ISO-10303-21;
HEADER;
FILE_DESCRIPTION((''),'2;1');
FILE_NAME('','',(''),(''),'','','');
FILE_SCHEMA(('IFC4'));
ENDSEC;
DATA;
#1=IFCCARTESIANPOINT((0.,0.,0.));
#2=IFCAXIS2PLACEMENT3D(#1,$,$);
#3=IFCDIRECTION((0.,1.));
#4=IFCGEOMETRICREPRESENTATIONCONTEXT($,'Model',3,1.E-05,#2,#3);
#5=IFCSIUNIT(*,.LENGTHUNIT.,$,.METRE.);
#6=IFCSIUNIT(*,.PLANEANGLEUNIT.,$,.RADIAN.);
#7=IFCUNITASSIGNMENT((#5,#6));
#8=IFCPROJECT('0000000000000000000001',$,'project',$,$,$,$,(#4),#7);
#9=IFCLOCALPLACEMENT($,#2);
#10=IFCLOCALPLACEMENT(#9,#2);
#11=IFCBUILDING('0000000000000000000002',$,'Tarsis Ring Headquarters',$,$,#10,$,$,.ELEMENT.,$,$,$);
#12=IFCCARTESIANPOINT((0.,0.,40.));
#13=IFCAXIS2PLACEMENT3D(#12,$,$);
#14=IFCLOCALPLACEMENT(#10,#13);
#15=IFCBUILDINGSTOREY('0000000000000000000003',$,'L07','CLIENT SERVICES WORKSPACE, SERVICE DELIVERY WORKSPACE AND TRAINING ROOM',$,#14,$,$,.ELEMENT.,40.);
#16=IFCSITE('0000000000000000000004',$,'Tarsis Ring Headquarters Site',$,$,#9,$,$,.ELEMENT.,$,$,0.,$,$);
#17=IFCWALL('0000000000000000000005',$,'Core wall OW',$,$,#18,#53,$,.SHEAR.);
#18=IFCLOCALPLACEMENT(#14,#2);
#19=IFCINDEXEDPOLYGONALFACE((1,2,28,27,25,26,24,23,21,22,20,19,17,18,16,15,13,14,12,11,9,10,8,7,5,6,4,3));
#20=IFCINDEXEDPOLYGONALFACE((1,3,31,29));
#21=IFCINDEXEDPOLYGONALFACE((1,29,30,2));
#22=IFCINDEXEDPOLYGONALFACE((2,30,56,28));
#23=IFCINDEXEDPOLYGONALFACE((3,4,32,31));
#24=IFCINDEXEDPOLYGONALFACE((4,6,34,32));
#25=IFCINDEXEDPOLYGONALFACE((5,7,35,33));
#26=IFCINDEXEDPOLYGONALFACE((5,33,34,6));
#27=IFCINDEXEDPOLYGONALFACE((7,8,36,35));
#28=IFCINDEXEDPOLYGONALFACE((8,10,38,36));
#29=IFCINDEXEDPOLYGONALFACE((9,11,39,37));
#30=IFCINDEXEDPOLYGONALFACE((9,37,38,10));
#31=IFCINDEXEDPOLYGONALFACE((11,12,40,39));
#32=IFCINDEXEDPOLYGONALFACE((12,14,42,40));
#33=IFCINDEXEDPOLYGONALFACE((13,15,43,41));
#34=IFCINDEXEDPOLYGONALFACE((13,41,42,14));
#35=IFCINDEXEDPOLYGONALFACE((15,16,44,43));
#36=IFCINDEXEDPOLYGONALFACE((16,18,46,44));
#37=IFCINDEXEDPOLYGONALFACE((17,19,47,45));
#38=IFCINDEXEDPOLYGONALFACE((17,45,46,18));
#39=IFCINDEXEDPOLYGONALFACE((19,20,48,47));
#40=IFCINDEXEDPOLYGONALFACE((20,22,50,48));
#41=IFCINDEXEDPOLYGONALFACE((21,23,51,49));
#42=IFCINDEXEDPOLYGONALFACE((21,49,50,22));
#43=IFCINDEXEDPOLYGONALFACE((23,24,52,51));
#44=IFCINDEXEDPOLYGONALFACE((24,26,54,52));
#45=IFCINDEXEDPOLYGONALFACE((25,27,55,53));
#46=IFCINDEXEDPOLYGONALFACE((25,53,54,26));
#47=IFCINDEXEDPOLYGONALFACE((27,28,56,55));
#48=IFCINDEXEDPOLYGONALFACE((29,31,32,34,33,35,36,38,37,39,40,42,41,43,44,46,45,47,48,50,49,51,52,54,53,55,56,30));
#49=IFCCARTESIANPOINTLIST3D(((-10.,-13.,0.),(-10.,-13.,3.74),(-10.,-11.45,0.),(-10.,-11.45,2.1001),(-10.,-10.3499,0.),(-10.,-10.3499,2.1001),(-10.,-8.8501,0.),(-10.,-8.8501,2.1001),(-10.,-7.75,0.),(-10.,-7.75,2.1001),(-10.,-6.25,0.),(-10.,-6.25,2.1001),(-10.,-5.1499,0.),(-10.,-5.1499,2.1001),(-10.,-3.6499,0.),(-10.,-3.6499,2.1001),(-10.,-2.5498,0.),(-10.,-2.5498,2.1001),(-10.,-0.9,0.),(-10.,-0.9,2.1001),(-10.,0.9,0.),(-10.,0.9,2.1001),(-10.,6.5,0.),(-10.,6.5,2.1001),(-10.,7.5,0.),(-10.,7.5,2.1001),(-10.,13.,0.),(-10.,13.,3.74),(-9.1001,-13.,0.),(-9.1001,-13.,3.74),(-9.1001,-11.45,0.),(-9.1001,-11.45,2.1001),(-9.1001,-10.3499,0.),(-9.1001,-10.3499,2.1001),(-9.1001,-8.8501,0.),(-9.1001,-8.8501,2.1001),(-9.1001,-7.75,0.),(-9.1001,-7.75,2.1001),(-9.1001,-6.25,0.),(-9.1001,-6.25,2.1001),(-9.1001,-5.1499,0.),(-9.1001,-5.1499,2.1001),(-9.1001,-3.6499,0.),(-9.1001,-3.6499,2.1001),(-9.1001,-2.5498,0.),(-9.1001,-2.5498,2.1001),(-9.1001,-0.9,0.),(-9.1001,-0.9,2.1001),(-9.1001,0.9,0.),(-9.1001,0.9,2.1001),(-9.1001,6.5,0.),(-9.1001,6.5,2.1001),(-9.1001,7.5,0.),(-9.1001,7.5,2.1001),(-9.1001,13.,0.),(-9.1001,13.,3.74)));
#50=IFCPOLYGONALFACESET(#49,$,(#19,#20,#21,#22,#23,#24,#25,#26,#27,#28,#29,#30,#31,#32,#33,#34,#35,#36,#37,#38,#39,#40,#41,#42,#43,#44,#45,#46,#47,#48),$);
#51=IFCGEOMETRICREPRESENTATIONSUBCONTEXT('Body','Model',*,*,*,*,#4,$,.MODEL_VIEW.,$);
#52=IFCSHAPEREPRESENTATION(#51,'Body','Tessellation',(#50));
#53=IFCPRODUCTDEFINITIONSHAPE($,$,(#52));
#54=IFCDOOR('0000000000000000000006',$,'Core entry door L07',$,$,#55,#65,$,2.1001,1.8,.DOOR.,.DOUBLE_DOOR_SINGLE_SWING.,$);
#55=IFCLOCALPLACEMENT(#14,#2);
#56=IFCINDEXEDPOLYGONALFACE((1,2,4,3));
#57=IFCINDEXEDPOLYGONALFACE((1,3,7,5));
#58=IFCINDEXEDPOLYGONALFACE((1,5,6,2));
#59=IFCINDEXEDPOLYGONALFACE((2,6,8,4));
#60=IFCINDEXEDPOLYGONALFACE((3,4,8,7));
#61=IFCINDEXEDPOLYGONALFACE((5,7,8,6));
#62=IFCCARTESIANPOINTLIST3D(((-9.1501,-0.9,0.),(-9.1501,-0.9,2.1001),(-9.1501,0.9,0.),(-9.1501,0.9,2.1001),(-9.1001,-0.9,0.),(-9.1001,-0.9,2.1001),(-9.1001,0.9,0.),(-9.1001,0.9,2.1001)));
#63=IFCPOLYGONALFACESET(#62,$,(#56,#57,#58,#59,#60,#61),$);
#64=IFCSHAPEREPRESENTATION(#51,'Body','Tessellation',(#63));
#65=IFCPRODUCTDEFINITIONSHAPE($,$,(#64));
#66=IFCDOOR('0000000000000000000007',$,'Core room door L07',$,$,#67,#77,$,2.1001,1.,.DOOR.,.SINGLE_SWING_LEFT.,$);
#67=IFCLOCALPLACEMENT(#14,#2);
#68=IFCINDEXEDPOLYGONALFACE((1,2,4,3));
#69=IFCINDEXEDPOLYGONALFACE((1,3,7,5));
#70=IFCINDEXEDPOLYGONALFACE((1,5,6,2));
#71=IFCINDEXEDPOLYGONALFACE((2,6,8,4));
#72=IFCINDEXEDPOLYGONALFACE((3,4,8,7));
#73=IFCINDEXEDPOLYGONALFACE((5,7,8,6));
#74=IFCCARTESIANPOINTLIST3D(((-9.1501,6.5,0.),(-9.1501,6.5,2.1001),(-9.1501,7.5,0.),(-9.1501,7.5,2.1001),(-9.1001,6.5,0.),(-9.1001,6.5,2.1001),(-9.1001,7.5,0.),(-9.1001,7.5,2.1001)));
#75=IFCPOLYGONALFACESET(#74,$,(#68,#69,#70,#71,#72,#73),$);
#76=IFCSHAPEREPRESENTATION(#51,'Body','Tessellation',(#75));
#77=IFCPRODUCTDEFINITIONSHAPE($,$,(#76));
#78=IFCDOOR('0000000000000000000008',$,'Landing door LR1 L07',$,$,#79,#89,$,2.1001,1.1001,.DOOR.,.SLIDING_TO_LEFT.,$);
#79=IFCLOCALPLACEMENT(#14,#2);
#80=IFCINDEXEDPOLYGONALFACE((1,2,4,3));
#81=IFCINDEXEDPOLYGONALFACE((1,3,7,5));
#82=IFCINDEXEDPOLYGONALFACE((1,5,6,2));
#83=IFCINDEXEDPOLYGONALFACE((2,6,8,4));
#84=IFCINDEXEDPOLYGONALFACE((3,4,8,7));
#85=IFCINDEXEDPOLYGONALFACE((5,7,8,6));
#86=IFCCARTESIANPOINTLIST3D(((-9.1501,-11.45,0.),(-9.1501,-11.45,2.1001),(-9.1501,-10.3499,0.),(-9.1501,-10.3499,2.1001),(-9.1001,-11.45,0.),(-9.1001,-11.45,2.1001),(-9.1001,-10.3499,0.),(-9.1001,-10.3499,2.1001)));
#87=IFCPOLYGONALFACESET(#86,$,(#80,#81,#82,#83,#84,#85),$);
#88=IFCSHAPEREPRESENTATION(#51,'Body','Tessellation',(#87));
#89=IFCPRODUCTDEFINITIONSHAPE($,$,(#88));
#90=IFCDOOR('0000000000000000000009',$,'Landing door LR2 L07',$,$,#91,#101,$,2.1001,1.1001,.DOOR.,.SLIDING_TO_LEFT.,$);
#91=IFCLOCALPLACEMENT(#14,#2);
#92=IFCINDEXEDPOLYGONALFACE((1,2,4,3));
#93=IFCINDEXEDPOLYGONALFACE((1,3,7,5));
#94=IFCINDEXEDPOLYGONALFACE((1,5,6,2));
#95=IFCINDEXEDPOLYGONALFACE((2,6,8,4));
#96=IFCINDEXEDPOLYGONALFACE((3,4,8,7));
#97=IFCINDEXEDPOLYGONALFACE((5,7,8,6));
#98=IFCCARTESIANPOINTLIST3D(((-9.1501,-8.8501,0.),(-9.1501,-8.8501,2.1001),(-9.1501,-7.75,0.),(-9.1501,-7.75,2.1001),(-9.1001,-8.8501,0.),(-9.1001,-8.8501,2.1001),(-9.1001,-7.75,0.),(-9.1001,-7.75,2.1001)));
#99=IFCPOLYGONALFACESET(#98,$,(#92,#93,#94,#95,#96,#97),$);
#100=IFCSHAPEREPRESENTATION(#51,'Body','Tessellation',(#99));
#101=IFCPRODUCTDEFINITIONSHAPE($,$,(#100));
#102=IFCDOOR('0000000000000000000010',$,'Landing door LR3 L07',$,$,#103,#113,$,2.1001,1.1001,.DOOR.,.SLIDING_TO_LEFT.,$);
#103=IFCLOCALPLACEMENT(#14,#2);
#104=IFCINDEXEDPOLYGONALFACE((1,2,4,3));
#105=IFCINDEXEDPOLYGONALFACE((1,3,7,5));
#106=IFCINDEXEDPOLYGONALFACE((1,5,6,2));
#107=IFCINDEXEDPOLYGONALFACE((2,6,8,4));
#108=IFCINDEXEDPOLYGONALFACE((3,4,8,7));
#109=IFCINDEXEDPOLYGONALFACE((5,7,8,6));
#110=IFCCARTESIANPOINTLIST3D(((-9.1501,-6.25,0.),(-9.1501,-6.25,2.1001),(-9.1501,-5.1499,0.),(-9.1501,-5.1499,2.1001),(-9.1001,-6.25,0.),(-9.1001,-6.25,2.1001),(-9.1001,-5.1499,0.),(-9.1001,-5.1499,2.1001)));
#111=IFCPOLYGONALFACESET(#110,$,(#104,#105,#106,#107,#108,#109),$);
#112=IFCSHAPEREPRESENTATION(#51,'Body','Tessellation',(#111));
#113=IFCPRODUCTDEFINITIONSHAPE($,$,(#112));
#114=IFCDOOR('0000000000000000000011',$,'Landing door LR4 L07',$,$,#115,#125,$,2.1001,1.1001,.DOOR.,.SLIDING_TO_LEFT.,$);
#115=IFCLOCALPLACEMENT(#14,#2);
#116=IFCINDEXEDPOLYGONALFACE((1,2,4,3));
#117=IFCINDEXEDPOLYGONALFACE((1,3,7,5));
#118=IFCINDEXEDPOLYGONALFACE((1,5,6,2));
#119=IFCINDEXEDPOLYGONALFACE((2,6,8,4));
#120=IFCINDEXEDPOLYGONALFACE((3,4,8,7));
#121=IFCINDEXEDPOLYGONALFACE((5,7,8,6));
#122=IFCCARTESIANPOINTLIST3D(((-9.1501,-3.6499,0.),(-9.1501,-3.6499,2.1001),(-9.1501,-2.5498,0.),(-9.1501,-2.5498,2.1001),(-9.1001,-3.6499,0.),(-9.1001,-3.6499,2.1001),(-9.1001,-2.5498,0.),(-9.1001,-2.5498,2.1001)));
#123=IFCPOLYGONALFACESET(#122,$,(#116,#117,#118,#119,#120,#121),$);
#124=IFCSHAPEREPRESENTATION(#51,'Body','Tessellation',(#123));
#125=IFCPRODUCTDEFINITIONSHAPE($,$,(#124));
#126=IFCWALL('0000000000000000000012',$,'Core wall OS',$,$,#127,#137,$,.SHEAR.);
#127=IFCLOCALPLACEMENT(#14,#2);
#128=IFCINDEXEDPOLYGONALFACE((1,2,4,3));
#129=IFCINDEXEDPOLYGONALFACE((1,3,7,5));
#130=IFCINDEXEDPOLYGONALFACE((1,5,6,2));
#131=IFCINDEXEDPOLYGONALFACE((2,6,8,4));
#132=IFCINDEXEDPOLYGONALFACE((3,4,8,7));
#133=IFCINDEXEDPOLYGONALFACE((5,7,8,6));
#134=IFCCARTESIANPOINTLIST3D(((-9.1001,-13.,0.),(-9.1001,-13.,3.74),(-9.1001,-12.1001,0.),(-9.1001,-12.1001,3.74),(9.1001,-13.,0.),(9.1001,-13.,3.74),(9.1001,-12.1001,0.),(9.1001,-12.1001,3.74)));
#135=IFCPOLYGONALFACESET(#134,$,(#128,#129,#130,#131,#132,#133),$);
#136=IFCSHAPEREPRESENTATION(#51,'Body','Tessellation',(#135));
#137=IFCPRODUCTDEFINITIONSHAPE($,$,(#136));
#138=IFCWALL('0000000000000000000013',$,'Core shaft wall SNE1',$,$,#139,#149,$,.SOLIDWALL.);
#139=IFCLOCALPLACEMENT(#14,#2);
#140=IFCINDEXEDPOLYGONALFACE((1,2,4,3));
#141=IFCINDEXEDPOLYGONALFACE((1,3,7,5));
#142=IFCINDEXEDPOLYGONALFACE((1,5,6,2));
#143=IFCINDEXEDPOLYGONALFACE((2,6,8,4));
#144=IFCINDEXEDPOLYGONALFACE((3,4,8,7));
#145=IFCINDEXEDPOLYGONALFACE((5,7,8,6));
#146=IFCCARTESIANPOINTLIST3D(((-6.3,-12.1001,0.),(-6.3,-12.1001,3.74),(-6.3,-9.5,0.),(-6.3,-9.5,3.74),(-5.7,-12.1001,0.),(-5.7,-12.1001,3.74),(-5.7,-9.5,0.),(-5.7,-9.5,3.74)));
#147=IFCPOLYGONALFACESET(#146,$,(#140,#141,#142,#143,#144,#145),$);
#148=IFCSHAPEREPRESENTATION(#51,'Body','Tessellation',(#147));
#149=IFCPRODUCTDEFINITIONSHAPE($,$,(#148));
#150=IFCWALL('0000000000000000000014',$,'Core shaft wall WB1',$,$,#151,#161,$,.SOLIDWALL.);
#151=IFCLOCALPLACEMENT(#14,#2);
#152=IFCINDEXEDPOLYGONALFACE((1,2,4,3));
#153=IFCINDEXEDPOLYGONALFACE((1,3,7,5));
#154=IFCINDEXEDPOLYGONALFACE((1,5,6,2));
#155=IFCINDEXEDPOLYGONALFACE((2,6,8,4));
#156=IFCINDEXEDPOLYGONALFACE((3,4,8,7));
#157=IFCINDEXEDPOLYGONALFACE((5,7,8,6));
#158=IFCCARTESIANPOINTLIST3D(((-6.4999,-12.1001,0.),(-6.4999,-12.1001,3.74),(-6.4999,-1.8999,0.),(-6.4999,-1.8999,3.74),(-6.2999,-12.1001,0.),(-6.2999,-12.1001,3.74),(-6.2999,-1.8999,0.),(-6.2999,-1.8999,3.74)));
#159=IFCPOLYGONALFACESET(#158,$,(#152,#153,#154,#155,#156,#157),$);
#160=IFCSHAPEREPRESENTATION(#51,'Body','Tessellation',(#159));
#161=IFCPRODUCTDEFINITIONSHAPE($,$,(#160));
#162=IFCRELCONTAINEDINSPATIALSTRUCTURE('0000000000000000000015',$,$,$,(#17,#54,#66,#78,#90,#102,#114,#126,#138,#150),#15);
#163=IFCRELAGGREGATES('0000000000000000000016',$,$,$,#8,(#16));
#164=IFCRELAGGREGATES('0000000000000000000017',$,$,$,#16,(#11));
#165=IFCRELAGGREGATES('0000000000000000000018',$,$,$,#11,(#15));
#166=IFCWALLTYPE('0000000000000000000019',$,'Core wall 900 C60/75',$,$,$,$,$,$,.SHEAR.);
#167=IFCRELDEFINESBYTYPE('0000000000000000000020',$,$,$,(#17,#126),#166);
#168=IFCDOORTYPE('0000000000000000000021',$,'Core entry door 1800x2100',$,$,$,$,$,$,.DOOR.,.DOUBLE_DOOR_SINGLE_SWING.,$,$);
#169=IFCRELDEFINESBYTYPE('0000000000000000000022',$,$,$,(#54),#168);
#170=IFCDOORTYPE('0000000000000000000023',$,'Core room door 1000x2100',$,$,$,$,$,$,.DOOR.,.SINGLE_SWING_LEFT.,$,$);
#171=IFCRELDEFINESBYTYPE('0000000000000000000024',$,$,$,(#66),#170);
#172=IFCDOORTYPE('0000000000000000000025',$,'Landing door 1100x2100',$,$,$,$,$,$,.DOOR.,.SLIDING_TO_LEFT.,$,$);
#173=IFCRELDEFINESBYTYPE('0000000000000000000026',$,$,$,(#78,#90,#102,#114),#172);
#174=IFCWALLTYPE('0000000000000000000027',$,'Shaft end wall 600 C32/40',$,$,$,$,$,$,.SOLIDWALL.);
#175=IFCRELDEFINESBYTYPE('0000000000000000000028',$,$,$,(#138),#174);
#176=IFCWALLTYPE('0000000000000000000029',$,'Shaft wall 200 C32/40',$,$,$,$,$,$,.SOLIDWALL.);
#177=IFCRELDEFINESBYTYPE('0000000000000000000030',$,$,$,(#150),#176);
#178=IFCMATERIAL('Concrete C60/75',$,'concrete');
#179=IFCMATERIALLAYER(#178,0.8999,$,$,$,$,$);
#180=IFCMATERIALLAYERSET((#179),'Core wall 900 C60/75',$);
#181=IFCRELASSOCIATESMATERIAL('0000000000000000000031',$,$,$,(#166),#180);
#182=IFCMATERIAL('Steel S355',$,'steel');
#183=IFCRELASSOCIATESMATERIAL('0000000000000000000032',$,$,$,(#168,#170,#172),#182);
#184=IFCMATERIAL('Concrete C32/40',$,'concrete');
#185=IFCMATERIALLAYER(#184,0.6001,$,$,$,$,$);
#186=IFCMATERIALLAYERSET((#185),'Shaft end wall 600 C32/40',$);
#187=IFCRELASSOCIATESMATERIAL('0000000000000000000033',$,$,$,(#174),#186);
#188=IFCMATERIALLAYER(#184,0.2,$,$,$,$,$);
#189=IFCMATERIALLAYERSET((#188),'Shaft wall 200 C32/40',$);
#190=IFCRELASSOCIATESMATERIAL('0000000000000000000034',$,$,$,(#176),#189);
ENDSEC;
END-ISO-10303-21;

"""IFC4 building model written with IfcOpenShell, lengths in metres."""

from ifc_helpers import new_model, si_unit, direction, frame, frame_2d, origin, place, context, subcontext, project, spatial, rectangle, extrude, material, layer, layer_set, type_object, element, fill, save


model = new_model("IFC4")

# Units and contexts
model_context = context("Model", 3, precision=1e-05, world=origin(), true_north=direction((0.0, 1.0)))
body_context = subcontext(model_context, "Body", "Model", "MODEL_VIEW")
ifc_project = project(units=[si_unit("LENGTHUNIT", "METRE"), si_unit("PLANEANGLEUNIT", "RADIAN")], contexts=[model_context])

# Site, building, storey
site_placement = place(None, origin())
site = spatial("IfcSite", under=ifc_project, at=site_placement, Name="Tarsis Ring Headquarters Site", CompositionType="ELEMENT", RefElevation=0.0)
building_placement = place(site_placement, origin())
building = spatial("IfcBuilding", under=site, at=building_placement, Name="Tarsis Ring Headquarters", CompositionType="ELEMENT")
storey_placement = place(building_placement, frame((0.0, 0.0, 40.0)))
storey = spatial("IfcBuildingStorey", under=building, at=storey_placement, Name="L07", Description="CLIENT SERVICES WORKSPACE, SERVICE DELIVERY WORKSPACE AND TRAINING ROOM", CompositionType="ELEMENT", Elevation=40.0)

# Wall, openings, doors
ifc_material_1 = material(Name="Concrete C60/75", Category="concrete")
ifc_layer_1 = layer(ifc_material_1, 0.8999)
ifc_layer_set_1 = layer_set([ifc_layer_1], Name="Core wall 900 C60/75")
wall_type_1 = type_object("IfcWallType", Name="Core wall 900 C60/75", PredefinedType="SHEAR", material=ifc_layer_set_1)
wall_1_placement = place(storey_placement, frame((-9.55, -13.0, 0.0), z_axis=(0.0, 0.0, 1.0), x_axis=(0.0, 1.0, 0.0)))
wall_1 = element("IfcWall", 1, at=wall_1_placement, inside=storey, type_object=wall_type_1, Name="Core wall OW", PredefinedType="SHEAR", context=body_context, shape_type="SweptSolid", body=[
    extrude(rectangle(XDim=26.0, YDim=0.8999, at=frame_2d((13.0, 0.0))), origin(), (0.0, 0.0, 1.0), 3.74),
])
opening_1_placement = place(wall_1_placement, frame((1.55, 0.0, 0.0)))
opening_1 = element("IfcOpeningElement", 2, at=opening_1_placement, cuts=wall_1, PredefinedType="OPENING", context=body_context, shape_type="SweptSolid", body=[
    extrude(rectangle(XDim=1.1001, YDim=2.1001, at=frame_2d((0.55, 1.05))), frame((0.0, 0.46, 0.0), z_axis=(0.0, -1.0, 0.0), x_axis=(1.0, 0.0, 0.0)), (0.0, 0.0, 1.0), 0.9199),
])
opening_2_placement = place(wall_1_placement, frame((4.1499, 0.0, 0.0)))
opening_2 = element("IfcOpeningElement", 3, at=opening_2_placement, cuts=wall_1, PredefinedType="OPENING", context=body_context, shape_type="SweptSolid", body=[
    extrude(rectangle(XDim=1.1001, YDim=2.1001, at=frame_2d((0.55, 1.05))), frame((0.0, 0.46, 0.0), z_axis=(0.0, -1.0, 0.0), x_axis=(1.0, 0.0, 0.0)), (0.0, 0.0, 1.0), 0.9199),
])
opening_3_placement = place(wall_1_placement, frame((6.75, 0.0, 0.0)))
opening_3 = element("IfcOpeningElement", 4, at=opening_3_placement, cuts=wall_1, PredefinedType="OPENING", context=body_context, shape_type="SweptSolid", body=[
    extrude(rectangle(XDim=1.1001, YDim=2.1001, at=frame_2d((0.55, 1.05))), frame((0.0, 0.46, 0.0), z_axis=(0.0, -1.0, 0.0), x_axis=(1.0, 0.0, 0.0)), (0.0, 0.0, 1.0), 0.9199),
])
opening_4_placement = place(wall_1_placement, frame((9.3501, 0.0, 0.0)))
opening_4 = element("IfcOpeningElement", 5, at=opening_4_placement, cuts=wall_1, PredefinedType="OPENING", context=body_context, shape_type="SweptSolid", body=[
    extrude(rectangle(XDim=1.1001, YDim=2.1001, at=frame_2d((0.55, 1.05))), frame((0.0, 0.46, 0.0), z_axis=(0.0, -1.0, 0.0), x_axis=(1.0, 0.0, 0.0)), (0.0, 0.0, 1.0), 0.9199),
])
opening_5_placement = place(wall_1_placement, frame((12.1001, 0.0, 0.0)))
opening_5 = element("IfcOpeningElement", 6, at=opening_5_placement, cuts=wall_1, PredefinedType="OPENING", context=body_context, shape_type="SweptSolid", body=[
    extrude(rectangle(XDim=1.8, YDim=2.1001, at=frame_2d((0.8999, 1.05))), frame((0.0, 0.46, 0.0), z_axis=(0.0, -1.0, 0.0), x_axis=(1.0, 0.0, 0.0)), (0.0, 0.0, 1.0), 0.9199),
])
opening_6_placement = place(wall_1_placement, frame((19.5, 0.0, 0.0)))
opening_6 = element("IfcOpeningElement", 7, at=opening_6_placement, cuts=wall_1, PredefinedType="OPENING", context=body_context, shape_type="SweptSolid", body=[
    extrude(rectangle(XDim=1.0, YDim=2.1001, at=frame_2d((0.5, 1.05))), frame((0.0, 0.46, 0.0), z_axis=(0.0, -1.0, 0.0), x_axis=(1.0, 0.0, 0.0)), (0.0, 0.0, 1.0), 0.9199),
])
ifc_material_2 = material(Name="Steel S355", Category="steel")
door_type_1 = type_object("IfcDoorType", Name="Core entry door 1800x2100", OperationType="DOUBLE_DOOR_SINGLE_SWING", PredefinedType="DOOR", material=ifc_material_2)
door_1_placement = place(opening_5_placement, origin())
door_1 = element("IfcDoor", 8, at=door_1_placement, inside=storey, type_object=door_type_1, Name="Core entry door L07", OperationType="DOUBLE_DOOR_SINGLE_SWING", OverallHeight=2.1001, OverallWidth=1.8, PredefinedType="DOOR", context=body_context, shape_type="SweptSolid", body=[
    extrude(rectangle(XDim=1.8, YDim=2.1001, at=frame_2d((0.8999, 1.05))), frame((0.0, -0.3999, 0.0), z_axis=(0.0, -1.0, 0.0), x_axis=(1.0, 0.0, 0.0)), (0.0, 0.0, 1.0), 0.05),
])
fill(opening_5, door_1)
door_type_2 = type_object("IfcDoorType", Name="Core room door 1000x2100", OperationType="SINGLE_SWING_LEFT", PredefinedType="DOOR", material=ifc_material_2)
door_2_placement = place(opening_6_placement, origin())
door_2 = element("IfcDoor", 9, at=door_2_placement, inside=storey, type_object=door_type_2, Name="Core room door L07", OperationType="SINGLE_SWING_LEFT", OverallHeight=2.1001, OverallWidth=1.0, PredefinedType="DOOR", context=body_context, shape_type="SweptSolid", body=[
    extrude(rectangle(XDim=1.0, YDim=2.1001, at=frame_2d((0.5, 1.05))), frame((0.0, -0.3999, 0.0), z_axis=(0.0, -1.0, 0.0), x_axis=(1.0, 0.0, 0.0)), (0.0, 0.0, 1.0), 0.05),
])
fill(opening_6, door_2)
door_type_3 = type_object("IfcDoorType", Name="Landing door 1100x2100", OperationType="SLIDING_TO_LEFT", PredefinedType="DOOR", material=ifc_material_2)
door_3_placement = place(opening_1_placement, origin())
door_3 = element("IfcDoor", 10, at=door_3_placement, inside=storey, type_object=door_type_3, Name="Landing door LR1 L07", OperationType="SLIDING_TO_LEFT", OverallHeight=2.1001, OverallWidth=1.1001, PredefinedType="DOOR", context=body_context, shape_type="SweptSolid", body=[
    extrude(rectangle(XDim=1.1001, YDim=2.1001, at=frame_2d((0.55, 1.05))), frame((0.0, -0.3999, 0.0), z_axis=(0.0, -1.0, 0.0), x_axis=(1.0, 0.0, 0.0)), (0.0, 0.0, 1.0), 0.05),
])
fill(opening_1, door_3)
door_4_placement = place(opening_2_placement, origin())
door_4 = element("IfcDoor", 11, at=door_4_placement, inside=storey, type_object=door_type_3, Name="Landing door LR2 L07", OperationType="SLIDING_TO_LEFT", OverallHeight=2.1001, OverallWidth=1.1001, PredefinedType="DOOR", context=body_context, shape_type="SweptSolid", body=[
    extrude(rectangle(XDim=1.1001, YDim=2.1001, at=frame_2d((0.55, 1.05))), frame((0.0, -0.3999, 0.0), z_axis=(0.0, -1.0, 0.0), x_axis=(1.0, 0.0, 0.0)), (0.0, 0.0, 1.0), 0.05),
])
fill(opening_2, door_4)
door_5_placement = place(opening_3_placement, origin())
door_5 = element("IfcDoor", 12, at=door_5_placement, inside=storey, type_object=door_type_3, Name="Landing door LR3 L07", OperationType="SLIDING_TO_LEFT", OverallHeight=2.1001, OverallWidth=1.1001, PredefinedType="DOOR", context=body_context, shape_type="SweptSolid", body=[
    extrude(rectangle(XDim=1.1001, YDim=2.1001, at=frame_2d((0.55, 1.05))), frame((0.0, -0.3999, 0.0), z_axis=(0.0, -1.0, 0.0), x_axis=(1.0, 0.0, 0.0)), (0.0, 0.0, 1.0), 0.05),
])
fill(opening_3, door_5)
door_6_placement = place(opening_4_placement, origin())
door_6 = element("IfcDoor", 13, at=door_6_placement, inside=storey, type_object=door_type_3, Name="Landing door LR4 L07", OperationType="SLIDING_TO_LEFT", OverallHeight=2.1001, OverallWidth=1.1001, PredefinedType="DOOR", context=body_context, shape_type="SweptSolid", body=[
    extrude(rectangle(XDim=1.1001, YDim=2.1001, at=frame_2d((0.55, 1.05))), frame((0.0, -0.3999, 0.0), z_axis=(0.0, -1.0, 0.0), x_axis=(1.0, 0.0, 0.0)), (0.0, 0.0, 1.0), 0.05),
])
fill(opening_4, door_6)

# Walls
wall_2_placement = place(storey_placement, frame((-9.1001, -12.55, 0.0), z_axis=(0.0, 0.0, 1.0), x_axis=(1.0, 0.0, 0.0)))
element("IfcWall", 14, at=wall_2_placement, inside=storey, type_object=wall_type_1, Name="Core wall OS", PredefinedType="SHEAR", context=body_context, shape_type="SweptSolid", body=[
    extrude(rectangle(XDim=18.2002, YDim=0.8999, at=frame_2d((9.1001, 0.0))), origin(), (0.0, 0.0, 1.0), 3.74),
])
ifc_material_3 = material(Name="Concrete C32/40", Category="concrete")
ifc_layer_2 = layer(ifc_material_3, 0.6001)
ifc_layer_set_2 = layer_set([ifc_layer_2], Name="Shaft end wall 600 C32/40")
wall_type_2 = type_object("IfcWallType", Name="Shaft end wall 600 C32/40", PredefinedType="SOLIDWALL", material=ifc_layer_set_2)
wall_3_placement = place(storey_placement, frame((-6.0, -12.1001, 0.0), z_axis=(0.0, 0.0, 1.0), x_axis=(0.0, 1.0, 0.0)))
element("IfcWall", 15, at=wall_3_placement, inside=storey, type_object=wall_type_2, Name="Core shaft wall SNE1", PredefinedType="SOLIDWALL", context=body_context, shape_type="SweptSolid", body=[
    extrude(rectangle(XDim=2.6001, YDim=0.6001, at=frame_2d((1.3, 0.0))), origin(), (0.0, 0.0, 1.0), 3.74),
])
ifc_layer_3 = layer(ifc_material_3, 0.2)
ifc_layer_set_3 = layer_set([ifc_layer_3], Name="Shaft wall 200 C32/40")
wall_type_3 = type_object("IfcWallType", Name="Shaft wall 200 C32/40", PredefinedType="SOLIDWALL", material=ifc_layer_set_3)
wall_4_placement = place(storey_placement, frame((-6.3999, -12.1001, 0.0), z_axis=(0.0, 0.0, 1.0), x_axis=(0.0, 1.0, 0.0)))
element("IfcWall", 16, at=wall_4_placement, inside=storey, type_object=wall_type_3, Name="Core shaft wall WB1", PredefinedType="SOLIDWALL", context=body_context, shape_type="SweptSolid", body=[
    extrude(rectangle(XDim=10.2002, YDim=0.2, at=frame_2d((5.1001, 0.0))), origin(), (0.0, 0.0, 1.0), 3.74),
])

save(model, "model.ifc")
